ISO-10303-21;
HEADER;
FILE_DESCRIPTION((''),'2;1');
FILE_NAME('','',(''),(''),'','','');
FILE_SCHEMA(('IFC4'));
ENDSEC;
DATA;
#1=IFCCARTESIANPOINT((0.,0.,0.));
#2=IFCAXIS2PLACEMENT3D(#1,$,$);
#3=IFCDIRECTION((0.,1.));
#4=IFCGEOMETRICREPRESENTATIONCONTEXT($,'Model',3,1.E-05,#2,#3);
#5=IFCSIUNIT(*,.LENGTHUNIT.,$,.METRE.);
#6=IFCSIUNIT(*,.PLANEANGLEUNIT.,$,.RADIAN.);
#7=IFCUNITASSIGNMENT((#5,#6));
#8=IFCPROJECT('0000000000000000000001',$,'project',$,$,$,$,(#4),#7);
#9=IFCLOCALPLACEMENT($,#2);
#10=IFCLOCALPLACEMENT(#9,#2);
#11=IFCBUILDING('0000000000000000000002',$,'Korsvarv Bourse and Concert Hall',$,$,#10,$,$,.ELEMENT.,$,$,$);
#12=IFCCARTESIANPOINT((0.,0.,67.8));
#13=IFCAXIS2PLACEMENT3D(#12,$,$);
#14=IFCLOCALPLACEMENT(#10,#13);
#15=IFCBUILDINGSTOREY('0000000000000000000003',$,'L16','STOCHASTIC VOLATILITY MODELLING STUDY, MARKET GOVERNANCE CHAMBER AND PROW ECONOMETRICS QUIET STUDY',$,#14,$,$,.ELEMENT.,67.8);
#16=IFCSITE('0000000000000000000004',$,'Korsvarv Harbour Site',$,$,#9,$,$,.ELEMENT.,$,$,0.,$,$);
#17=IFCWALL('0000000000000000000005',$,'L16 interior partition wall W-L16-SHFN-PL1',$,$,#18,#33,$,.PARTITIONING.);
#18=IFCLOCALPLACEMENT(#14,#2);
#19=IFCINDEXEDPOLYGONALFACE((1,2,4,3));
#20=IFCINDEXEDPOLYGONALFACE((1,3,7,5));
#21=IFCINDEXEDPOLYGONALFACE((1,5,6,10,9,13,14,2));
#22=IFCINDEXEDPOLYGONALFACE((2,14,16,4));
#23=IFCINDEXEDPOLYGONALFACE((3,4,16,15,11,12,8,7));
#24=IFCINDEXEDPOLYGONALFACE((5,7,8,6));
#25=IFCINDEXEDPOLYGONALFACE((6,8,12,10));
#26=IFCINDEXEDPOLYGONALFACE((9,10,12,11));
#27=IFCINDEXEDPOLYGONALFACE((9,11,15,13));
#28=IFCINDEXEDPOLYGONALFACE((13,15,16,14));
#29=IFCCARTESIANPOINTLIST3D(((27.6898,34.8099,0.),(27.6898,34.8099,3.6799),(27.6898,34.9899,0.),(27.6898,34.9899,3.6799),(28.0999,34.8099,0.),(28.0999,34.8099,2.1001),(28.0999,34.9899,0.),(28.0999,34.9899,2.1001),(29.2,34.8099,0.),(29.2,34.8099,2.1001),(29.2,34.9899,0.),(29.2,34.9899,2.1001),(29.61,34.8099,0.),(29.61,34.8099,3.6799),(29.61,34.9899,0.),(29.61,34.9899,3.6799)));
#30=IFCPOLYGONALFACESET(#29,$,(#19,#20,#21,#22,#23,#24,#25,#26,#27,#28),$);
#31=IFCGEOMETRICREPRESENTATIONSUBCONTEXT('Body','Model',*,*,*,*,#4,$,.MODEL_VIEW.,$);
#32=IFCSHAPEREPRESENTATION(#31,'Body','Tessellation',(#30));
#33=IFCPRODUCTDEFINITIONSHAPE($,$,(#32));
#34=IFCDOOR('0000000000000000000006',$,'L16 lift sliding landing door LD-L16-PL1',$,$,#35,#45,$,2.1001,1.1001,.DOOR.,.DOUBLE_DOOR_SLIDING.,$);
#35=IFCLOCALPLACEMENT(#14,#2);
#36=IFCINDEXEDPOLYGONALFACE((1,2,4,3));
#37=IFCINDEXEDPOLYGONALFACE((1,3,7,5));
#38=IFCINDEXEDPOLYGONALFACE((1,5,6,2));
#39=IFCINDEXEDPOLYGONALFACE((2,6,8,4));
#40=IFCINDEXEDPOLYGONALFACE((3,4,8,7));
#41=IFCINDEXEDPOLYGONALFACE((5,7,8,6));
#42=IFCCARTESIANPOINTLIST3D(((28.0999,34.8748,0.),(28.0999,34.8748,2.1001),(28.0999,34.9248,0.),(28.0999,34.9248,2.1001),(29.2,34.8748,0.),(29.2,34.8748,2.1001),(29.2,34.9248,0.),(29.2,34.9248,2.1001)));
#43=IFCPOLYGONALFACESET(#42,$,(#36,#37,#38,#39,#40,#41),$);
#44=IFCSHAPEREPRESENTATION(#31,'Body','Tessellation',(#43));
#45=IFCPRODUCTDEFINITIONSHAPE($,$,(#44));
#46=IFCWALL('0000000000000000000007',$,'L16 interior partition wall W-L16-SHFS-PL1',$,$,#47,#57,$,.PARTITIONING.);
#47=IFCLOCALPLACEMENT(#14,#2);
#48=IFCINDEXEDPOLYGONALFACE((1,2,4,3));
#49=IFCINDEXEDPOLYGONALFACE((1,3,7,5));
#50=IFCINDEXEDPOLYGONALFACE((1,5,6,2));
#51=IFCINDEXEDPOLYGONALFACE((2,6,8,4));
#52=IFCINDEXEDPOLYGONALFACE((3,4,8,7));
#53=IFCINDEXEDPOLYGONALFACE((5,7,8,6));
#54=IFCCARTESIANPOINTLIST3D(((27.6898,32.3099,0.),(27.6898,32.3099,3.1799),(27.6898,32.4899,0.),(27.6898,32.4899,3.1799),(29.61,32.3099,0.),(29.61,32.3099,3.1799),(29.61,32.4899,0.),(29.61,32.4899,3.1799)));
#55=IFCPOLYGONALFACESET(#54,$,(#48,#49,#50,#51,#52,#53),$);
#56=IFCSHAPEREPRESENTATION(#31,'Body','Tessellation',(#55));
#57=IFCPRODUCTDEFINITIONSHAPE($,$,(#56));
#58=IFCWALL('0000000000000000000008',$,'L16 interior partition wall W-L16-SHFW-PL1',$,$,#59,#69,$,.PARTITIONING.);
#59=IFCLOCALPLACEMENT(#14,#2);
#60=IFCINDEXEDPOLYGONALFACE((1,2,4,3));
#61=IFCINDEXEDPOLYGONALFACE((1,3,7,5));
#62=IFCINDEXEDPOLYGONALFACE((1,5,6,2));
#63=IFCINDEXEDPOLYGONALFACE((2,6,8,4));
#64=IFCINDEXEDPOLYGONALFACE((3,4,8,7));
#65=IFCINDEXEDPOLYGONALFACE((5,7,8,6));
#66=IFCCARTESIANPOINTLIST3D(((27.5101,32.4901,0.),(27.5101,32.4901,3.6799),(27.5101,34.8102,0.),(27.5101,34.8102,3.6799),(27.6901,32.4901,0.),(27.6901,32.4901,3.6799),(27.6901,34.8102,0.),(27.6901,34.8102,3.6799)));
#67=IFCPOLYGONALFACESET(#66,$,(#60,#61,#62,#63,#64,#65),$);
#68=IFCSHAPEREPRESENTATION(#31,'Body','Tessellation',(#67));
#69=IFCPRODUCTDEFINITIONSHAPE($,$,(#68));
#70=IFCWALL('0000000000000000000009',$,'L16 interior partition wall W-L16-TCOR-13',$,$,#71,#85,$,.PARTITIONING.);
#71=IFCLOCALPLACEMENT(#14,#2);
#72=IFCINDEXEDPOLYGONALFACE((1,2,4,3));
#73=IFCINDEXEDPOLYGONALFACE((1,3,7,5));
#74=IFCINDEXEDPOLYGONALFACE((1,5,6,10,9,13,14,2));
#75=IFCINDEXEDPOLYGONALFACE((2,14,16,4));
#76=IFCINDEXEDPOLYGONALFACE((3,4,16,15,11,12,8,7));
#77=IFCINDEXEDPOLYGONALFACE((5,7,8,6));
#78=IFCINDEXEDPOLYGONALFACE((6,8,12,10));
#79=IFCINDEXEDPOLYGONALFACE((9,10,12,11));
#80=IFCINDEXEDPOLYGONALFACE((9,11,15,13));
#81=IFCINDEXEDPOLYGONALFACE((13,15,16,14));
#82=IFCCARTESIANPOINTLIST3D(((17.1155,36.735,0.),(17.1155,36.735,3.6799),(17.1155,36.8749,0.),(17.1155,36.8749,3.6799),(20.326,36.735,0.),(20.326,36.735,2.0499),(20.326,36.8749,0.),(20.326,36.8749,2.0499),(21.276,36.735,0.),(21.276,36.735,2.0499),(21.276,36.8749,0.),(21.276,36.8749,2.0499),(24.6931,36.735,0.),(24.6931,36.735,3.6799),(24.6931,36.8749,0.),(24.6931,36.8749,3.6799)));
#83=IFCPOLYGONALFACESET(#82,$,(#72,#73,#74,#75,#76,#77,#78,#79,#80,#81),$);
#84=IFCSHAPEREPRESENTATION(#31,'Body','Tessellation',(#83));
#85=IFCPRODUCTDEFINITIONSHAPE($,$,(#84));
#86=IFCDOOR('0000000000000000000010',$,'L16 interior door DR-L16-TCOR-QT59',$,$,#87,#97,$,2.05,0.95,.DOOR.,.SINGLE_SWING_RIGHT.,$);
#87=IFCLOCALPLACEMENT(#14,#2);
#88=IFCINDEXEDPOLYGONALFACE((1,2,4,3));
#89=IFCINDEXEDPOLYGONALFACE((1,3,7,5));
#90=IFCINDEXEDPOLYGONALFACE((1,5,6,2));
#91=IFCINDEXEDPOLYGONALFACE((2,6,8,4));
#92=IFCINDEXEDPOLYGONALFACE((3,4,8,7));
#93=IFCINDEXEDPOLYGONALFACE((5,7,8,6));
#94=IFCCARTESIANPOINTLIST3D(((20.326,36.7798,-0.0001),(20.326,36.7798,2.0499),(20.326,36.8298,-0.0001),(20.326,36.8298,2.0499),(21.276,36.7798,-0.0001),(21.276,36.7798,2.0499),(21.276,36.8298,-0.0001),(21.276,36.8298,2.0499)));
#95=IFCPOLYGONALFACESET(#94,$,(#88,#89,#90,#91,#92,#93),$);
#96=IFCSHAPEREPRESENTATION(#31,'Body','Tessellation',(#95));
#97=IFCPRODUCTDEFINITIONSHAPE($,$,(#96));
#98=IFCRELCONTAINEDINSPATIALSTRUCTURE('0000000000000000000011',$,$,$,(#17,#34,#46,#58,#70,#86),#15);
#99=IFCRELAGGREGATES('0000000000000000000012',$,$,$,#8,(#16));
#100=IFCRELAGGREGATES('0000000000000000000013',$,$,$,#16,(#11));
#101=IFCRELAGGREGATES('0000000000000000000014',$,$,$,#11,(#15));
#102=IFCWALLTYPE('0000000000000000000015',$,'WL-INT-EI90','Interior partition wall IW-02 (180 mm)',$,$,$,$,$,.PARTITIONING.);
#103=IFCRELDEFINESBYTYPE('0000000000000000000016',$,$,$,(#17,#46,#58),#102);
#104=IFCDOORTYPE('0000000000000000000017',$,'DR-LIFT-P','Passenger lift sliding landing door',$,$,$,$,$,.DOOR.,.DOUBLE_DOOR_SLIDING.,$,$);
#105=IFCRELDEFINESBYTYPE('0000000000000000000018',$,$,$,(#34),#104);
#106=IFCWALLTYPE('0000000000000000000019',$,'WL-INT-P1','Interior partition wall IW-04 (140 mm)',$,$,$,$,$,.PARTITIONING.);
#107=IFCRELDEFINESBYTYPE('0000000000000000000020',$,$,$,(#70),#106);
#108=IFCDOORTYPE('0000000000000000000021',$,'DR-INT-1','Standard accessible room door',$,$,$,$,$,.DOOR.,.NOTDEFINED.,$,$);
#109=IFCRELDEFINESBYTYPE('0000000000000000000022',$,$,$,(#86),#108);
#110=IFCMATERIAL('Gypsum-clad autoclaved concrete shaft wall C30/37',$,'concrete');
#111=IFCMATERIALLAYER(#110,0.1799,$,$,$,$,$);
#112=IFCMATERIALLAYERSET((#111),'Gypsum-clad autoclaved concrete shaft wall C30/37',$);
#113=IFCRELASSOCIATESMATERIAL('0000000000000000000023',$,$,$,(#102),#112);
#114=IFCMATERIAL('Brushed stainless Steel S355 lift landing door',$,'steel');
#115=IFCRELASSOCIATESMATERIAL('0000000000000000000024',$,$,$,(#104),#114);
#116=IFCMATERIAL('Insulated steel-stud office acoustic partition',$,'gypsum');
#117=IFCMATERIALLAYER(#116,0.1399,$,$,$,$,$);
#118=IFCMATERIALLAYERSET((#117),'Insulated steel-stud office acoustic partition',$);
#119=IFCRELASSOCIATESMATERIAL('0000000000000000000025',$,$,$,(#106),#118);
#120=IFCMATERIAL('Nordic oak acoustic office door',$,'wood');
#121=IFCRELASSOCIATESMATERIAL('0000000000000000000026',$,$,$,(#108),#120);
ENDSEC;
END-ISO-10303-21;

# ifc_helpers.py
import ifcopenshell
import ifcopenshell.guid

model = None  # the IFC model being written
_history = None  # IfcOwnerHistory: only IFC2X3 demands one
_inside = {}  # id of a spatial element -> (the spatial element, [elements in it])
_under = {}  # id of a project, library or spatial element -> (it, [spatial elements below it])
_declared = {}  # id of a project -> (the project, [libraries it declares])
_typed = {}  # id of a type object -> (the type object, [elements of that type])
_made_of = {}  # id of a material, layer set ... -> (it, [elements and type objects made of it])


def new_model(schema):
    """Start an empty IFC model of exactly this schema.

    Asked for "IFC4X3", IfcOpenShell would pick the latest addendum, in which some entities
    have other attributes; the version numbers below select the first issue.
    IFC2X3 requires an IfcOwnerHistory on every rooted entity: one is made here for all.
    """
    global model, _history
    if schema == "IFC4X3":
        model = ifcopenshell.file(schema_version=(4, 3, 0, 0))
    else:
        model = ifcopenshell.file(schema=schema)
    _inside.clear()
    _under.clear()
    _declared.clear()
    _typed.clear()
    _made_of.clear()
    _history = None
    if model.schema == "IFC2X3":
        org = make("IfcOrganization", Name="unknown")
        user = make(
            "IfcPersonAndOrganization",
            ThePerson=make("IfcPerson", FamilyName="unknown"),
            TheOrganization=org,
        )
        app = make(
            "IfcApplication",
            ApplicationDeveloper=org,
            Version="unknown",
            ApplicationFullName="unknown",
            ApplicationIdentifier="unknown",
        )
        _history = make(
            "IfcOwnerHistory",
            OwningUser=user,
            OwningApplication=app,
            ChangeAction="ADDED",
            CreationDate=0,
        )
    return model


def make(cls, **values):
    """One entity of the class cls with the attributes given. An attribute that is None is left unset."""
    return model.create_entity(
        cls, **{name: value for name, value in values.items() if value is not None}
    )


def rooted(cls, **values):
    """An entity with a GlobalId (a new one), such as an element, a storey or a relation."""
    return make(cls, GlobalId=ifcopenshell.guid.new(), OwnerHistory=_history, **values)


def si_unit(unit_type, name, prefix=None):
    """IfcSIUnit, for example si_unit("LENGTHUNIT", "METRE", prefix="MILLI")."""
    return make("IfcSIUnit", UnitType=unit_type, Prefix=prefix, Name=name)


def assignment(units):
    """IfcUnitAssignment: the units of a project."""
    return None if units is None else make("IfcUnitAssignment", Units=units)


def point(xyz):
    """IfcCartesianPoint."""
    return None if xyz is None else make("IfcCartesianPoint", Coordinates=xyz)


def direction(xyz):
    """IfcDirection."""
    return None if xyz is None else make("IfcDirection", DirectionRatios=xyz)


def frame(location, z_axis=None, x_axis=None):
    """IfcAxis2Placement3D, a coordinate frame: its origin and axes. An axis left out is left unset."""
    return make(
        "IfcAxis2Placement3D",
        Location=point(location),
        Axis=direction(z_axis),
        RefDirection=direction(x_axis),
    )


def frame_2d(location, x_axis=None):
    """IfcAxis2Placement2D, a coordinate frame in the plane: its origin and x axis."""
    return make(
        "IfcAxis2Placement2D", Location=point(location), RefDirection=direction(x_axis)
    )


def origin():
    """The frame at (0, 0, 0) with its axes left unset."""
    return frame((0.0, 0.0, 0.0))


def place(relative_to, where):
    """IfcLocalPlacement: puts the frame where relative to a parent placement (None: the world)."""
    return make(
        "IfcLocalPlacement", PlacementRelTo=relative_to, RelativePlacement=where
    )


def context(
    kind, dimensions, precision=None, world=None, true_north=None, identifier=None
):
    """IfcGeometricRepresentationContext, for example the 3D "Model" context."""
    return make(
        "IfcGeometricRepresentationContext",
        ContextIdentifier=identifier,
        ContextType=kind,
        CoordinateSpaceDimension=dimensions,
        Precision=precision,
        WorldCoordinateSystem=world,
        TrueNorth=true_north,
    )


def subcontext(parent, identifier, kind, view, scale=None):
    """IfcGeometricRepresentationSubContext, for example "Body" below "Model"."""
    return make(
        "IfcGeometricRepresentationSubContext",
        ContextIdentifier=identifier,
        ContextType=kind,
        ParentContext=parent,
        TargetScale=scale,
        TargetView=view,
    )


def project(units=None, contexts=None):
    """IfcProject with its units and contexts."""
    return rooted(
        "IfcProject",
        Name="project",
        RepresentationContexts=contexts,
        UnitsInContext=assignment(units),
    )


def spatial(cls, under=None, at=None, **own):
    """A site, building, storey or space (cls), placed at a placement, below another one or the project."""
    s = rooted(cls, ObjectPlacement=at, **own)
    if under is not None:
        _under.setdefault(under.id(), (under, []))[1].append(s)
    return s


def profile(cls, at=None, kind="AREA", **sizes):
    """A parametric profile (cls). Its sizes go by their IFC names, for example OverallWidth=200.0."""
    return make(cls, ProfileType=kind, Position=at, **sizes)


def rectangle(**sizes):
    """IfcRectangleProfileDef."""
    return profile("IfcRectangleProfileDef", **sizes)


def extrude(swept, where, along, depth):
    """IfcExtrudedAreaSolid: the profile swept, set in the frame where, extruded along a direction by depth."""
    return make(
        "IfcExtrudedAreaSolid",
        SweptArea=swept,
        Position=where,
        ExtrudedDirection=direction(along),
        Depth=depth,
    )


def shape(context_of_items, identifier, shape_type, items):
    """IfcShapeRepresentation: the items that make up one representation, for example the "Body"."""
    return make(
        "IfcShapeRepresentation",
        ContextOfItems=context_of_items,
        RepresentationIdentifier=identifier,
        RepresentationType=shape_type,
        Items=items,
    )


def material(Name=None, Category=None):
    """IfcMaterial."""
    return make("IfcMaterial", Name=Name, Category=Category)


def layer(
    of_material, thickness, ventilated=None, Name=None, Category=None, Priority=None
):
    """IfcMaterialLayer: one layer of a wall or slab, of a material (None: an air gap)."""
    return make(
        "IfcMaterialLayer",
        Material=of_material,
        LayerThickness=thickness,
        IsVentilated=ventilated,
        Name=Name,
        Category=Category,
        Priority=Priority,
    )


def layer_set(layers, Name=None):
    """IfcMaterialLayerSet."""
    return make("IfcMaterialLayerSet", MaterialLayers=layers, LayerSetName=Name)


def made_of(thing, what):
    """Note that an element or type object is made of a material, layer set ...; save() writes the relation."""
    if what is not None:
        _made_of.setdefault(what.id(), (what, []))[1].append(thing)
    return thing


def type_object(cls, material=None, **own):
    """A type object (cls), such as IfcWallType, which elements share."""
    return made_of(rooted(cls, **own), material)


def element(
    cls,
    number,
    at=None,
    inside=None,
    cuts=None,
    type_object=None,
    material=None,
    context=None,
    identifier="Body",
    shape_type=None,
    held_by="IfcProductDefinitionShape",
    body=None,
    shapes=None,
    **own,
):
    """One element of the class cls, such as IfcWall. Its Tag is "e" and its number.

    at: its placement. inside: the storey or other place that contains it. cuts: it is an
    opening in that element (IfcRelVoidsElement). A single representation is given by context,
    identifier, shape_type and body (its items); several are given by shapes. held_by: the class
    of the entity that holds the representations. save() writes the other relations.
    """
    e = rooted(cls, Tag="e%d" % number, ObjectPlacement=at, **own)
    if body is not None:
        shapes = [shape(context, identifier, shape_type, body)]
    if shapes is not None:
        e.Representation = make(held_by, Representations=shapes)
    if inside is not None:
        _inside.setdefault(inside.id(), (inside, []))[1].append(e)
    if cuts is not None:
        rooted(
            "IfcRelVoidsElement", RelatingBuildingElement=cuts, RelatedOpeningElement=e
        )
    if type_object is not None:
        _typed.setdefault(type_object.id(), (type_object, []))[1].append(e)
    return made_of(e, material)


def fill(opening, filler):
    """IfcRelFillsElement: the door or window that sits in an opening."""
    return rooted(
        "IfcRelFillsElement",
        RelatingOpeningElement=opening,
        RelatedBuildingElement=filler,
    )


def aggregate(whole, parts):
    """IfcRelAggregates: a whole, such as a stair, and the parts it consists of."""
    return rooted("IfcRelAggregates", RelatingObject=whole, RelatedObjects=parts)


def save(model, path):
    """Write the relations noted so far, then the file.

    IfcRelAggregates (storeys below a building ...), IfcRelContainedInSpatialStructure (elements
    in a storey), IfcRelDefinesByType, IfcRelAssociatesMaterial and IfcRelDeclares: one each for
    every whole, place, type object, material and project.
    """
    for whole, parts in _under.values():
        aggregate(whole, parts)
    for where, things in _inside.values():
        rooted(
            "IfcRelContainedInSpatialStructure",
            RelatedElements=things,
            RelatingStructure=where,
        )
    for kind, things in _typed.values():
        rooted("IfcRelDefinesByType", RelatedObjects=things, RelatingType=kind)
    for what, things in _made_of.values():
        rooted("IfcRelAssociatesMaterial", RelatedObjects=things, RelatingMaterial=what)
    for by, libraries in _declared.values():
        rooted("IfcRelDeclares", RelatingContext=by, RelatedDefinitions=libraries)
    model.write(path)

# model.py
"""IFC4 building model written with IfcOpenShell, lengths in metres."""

from ifc_helpers import new_model, si_unit, direction, frame, frame_2d, origin, place, context, subcontext, project, spatial, rectangle, extrude, material, layer, layer_set, type_object, element, fill, save


model = new_model("IFC4")

# Units and contexts
model_context = context("Model", 3, precision=1e-05, world=origin(), true_north=direction((0.0, 1.0)))
body_context = subcontext(model_context, "Body", "Model", "MODEL_VIEW")
ifc_project = project(units=[si_unit("LENGTHUNIT", "METRE"), si_unit("PLANEANGLEUNIT", "RADIAN")], contexts=[model_context])

# Site, building, storey
site_placement = place(None, origin())
site = spatial("IfcSite", under=ifc_project, at=site_placement, Name="Korsvarv Harbour Site", CompositionType="ELEMENT", RefElevation=0.0)
building_placement = place(site_placement, origin())
building = spatial("IfcBuilding", under=site, at=building_placement, Name="Korsvarv Bourse and Concert Hall", CompositionType="ELEMENT")
storey_placement = place(building_placement, frame((0.0, 0.0, 67.8)))
storey = spatial("IfcBuildingStorey", under=building, at=storey_placement, Name="L16", Description="STOCHASTIC VOLATILITY MODELLING STUDY, MARKET GOVERNANCE CHAMBER AND PROW ECONOMETRICS QUIET STUDY", CompositionType="ELEMENT", Elevation=67.8)

# Wall, opening, door
ifc_material_1 = material(Name="Gypsum-clad autoclaved concrete shaft wall C30/37", Category="concrete")
ifc_layer_1 = layer(ifc_material_1, 0.1799)
ifc_layer_set_1 = layer_set([ifc_layer_1], Name="Gypsum-clad autoclaved concrete shaft wall C30/37")
wall_type_1 = type_object("IfcWallType", Name="WL-INT-EI90", Description="Interior partition wall IW-02 (180 mm)", PredefinedType="PARTITIONING", material=ifc_layer_set_1)
wall_1_placement = place(storey_placement, frame((27.6899, 34.8999, 0.0), z_axis=(0.0, 0.0, 1.0), x_axis=(1.0, 0.0, 0.0)))
wall_1 = element("IfcWall", 1, at=wall_1_placement, inside=storey, type_object=wall_type_1, Name="L16 interior partition wall W-L16-SHFN-PL1", PredefinedType="PARTITIONING", context=body_context, shape_type="SweptSolid", body=[
    extrude(rectangle(XDim=1.9202, YDim=0.1799, at=frame_2d((0.96, 0.0))), origin(), (0.0, 0.0, 1.0), 3.6799),
])
opening_1_placement = place(wall_1_placement, frame((0.4099, 0.0, 0.0)))
opening_1 = element("IfcOpeningElement", 2, at=opening_1_placement, cuts=wall_1, PredefinedType="OPENING", context=body_context, shape_type="SweptSolid", body=[
    extrude(rectangle(XDim=1.1001, YDim=2.1001, at=frame_2d((0.55, 1.05))), frame((0.0, 0.1001, 0.0), z_axis=(0.0, -1.0, 0.0), x_axis=(1.0, 0.0, 0.0)), (0.0, 0.0, 1.0), 0.2),
])
ifc_material_2 = material(Name="Brushed stainless Steel S355 lift landing door", Category="steel")
door_type_1 = type_object("IfcDoorType", Name="DR-LIFT-P", Description="Passenger lift sliding landing door", OperationType="DOUBLE_DOOR_SLIDING", PredefinedType="DOOR", material=ifc_material_2)
door_1_placement = place(opening_1_placement, origin())
door_1 = element("IfcDoor", 3, at=door_1_placement, inside=storey, type_object=door_type_1, Name="L16 lift sliding landing door LD-L16-PL1", OperationType="DOUBLE_DOOR_SLIDING", OverallHeight=2.1001, OverallWidth=1.1001, PredefinedType="DOOR", context=body_context, shape_type="SweptSolid", body=[
    extrude(rectangle(XDim=1.1001, YDim=2.1001, at=frame_2d((0.55, 1.05))), frame((0.0, 0.0249, 0.0), z_axis=(0.0, -1.0, 0.0), x_axis=(1.0, 0.0, 0.0)), (0.0, 0.0, 1.0), 0.05),
])
fill(opening_1, door_1)

# Walls
wall_2_placement = place(storey_placement, frame((27.6899, 32.3999, 0.0), z_axis=(0.0, 0.0, 1.0), x_axis=(1.0, 0.0, 0.0)))
element("IfcWall", 4, at=wall_2_placement, inside=storey, type_object=wall_type_1, Name="L16 interior partition wall W-L16-SHFS-PL1", PredefinedType="PARTITIONING", context=body_context, shape_type="SweptSolid", body=[
    extrude(rectangle(XDim=1.9202, YDim=0.1799, at=frame_2d((0.96, 0.0))), origin(), (0.0, 0.0, 1.0), 3.1799),
])
wall_3_placement = place(storey_placement, frame((27.6001, 32.49, 0.0), z_axis=(0.0, 0.0, 1.0), x_axis=(0.0, 1.0, 0.0)))
element("IfcWall", 5, at=wall_3_placement, inside=storey, type_object=wall_type_1, Name="L16 interior partition wall W-L16-SHFW-PL1", PredefinedType="PARTITIONING", context=body_context, shape_type="SweptSolid", body=[
    extrude(rectangle(XDim=2.3201, YDim=0.1799, at=frame_2d((1.1602, 0.0))), origin(), (0.0, 0.0, 1.0), 3.6799),
])

# Wall, opening, door
ifc_material_3 = material(Name="Insulated steel-stud office acoustic partition", Category="gypsum")
ifc_layer_2 = layer(ifc_material_3, 0.1399)
ifc_layer_set_2 = layer_set([ifc_layer_2], Name="Insulated steel-stud office acoustic partition")
wall_type_2 = type_object("IfcWallType", Name="WL-INT-P1", Description="Interior partition wall IW-04 (140 mm)", PredefinedType="PARTITIONING", material=ifc_layer_set_2)
wall_4_placement = place(storey_placement, frame((17.1155, 36.8049, 0.0), z_axis=(0.0, 0.0, 1.0), x_axis=(1.0, 0.0, 0.0)))
wall_4 = element("IfcWall", 6, at=wall_4_placement, inside=storey, type_object=wall_type_2, Name="L16 interior partition wall W-L16-TCOR-13", PredefinedType="PARTITIONING", context=body_context, shape_type="SweptSolid", body=[
    extrude(rectangle(XDim=7.5776, YDim=0.1399, at=frame_2d((3.7888, 0.0))), origin(), (0.0, 0.0, 1.0), 3.6799),
])
opening_2_placement = place(wall_4_placement, frame((3.2104, 0.0, 0.0)))
opening_2 = element("IfcOpeningElement", 7, at=opening_2_placement, cuts=wall_4, PredefinedType="OPENING", context=body_context, shape_type="SweptSolid", body=[
    extrude(rectangle(XDim=0.95, YDim=2.05, at=frame_2d((0.4751, 1.0249))), frame((0.0, 0.0801, 0.0), z_axis=(0.0, -1.0, 0.0), x_axis=(1.0, 0.0, 0.0)), (0.0, 0.0, 1.0), 0.1599),
])
ifc_material_4 = material(Name="Nordic oak acoustic office door", Category="wood")
door_type_2 = type_object("IfcDoorType", Name="DR-INT-1", Description="Standard accessible room door", OperationType="NOTDEFINED", PredefinedType="DOOR", material=ifc_material_4)
door_2_placement = place(opening_2_placement, origin())
door_2 = element("IfcDoor", 8, at=door_2_placement, inside=storey, type_object=door_type_2, Name="L16 interior door DR-L16-TCOR-QT59", OperationType="SINGLE_SWING_RIGHT", OverallHeight=2.05, OverallWidth=0.95, PredefinedType="DOOR", context=body_context, shape_type="SweptSolid", body=[
    extrude(rectangle(XDim=0.95, YDim=2.05, at=frame_2d((0.4751, 1.0249))), frame((0.0, 0.0249, 0.0), z_axis=(0.0, -1.0, 0.0), x_axis=(1.0, 0.0, 0.0)), (0.0, 0.0, 1.0), 0.05),
])
fill(opening_2, door_2)

save(model, "model.ifc")
